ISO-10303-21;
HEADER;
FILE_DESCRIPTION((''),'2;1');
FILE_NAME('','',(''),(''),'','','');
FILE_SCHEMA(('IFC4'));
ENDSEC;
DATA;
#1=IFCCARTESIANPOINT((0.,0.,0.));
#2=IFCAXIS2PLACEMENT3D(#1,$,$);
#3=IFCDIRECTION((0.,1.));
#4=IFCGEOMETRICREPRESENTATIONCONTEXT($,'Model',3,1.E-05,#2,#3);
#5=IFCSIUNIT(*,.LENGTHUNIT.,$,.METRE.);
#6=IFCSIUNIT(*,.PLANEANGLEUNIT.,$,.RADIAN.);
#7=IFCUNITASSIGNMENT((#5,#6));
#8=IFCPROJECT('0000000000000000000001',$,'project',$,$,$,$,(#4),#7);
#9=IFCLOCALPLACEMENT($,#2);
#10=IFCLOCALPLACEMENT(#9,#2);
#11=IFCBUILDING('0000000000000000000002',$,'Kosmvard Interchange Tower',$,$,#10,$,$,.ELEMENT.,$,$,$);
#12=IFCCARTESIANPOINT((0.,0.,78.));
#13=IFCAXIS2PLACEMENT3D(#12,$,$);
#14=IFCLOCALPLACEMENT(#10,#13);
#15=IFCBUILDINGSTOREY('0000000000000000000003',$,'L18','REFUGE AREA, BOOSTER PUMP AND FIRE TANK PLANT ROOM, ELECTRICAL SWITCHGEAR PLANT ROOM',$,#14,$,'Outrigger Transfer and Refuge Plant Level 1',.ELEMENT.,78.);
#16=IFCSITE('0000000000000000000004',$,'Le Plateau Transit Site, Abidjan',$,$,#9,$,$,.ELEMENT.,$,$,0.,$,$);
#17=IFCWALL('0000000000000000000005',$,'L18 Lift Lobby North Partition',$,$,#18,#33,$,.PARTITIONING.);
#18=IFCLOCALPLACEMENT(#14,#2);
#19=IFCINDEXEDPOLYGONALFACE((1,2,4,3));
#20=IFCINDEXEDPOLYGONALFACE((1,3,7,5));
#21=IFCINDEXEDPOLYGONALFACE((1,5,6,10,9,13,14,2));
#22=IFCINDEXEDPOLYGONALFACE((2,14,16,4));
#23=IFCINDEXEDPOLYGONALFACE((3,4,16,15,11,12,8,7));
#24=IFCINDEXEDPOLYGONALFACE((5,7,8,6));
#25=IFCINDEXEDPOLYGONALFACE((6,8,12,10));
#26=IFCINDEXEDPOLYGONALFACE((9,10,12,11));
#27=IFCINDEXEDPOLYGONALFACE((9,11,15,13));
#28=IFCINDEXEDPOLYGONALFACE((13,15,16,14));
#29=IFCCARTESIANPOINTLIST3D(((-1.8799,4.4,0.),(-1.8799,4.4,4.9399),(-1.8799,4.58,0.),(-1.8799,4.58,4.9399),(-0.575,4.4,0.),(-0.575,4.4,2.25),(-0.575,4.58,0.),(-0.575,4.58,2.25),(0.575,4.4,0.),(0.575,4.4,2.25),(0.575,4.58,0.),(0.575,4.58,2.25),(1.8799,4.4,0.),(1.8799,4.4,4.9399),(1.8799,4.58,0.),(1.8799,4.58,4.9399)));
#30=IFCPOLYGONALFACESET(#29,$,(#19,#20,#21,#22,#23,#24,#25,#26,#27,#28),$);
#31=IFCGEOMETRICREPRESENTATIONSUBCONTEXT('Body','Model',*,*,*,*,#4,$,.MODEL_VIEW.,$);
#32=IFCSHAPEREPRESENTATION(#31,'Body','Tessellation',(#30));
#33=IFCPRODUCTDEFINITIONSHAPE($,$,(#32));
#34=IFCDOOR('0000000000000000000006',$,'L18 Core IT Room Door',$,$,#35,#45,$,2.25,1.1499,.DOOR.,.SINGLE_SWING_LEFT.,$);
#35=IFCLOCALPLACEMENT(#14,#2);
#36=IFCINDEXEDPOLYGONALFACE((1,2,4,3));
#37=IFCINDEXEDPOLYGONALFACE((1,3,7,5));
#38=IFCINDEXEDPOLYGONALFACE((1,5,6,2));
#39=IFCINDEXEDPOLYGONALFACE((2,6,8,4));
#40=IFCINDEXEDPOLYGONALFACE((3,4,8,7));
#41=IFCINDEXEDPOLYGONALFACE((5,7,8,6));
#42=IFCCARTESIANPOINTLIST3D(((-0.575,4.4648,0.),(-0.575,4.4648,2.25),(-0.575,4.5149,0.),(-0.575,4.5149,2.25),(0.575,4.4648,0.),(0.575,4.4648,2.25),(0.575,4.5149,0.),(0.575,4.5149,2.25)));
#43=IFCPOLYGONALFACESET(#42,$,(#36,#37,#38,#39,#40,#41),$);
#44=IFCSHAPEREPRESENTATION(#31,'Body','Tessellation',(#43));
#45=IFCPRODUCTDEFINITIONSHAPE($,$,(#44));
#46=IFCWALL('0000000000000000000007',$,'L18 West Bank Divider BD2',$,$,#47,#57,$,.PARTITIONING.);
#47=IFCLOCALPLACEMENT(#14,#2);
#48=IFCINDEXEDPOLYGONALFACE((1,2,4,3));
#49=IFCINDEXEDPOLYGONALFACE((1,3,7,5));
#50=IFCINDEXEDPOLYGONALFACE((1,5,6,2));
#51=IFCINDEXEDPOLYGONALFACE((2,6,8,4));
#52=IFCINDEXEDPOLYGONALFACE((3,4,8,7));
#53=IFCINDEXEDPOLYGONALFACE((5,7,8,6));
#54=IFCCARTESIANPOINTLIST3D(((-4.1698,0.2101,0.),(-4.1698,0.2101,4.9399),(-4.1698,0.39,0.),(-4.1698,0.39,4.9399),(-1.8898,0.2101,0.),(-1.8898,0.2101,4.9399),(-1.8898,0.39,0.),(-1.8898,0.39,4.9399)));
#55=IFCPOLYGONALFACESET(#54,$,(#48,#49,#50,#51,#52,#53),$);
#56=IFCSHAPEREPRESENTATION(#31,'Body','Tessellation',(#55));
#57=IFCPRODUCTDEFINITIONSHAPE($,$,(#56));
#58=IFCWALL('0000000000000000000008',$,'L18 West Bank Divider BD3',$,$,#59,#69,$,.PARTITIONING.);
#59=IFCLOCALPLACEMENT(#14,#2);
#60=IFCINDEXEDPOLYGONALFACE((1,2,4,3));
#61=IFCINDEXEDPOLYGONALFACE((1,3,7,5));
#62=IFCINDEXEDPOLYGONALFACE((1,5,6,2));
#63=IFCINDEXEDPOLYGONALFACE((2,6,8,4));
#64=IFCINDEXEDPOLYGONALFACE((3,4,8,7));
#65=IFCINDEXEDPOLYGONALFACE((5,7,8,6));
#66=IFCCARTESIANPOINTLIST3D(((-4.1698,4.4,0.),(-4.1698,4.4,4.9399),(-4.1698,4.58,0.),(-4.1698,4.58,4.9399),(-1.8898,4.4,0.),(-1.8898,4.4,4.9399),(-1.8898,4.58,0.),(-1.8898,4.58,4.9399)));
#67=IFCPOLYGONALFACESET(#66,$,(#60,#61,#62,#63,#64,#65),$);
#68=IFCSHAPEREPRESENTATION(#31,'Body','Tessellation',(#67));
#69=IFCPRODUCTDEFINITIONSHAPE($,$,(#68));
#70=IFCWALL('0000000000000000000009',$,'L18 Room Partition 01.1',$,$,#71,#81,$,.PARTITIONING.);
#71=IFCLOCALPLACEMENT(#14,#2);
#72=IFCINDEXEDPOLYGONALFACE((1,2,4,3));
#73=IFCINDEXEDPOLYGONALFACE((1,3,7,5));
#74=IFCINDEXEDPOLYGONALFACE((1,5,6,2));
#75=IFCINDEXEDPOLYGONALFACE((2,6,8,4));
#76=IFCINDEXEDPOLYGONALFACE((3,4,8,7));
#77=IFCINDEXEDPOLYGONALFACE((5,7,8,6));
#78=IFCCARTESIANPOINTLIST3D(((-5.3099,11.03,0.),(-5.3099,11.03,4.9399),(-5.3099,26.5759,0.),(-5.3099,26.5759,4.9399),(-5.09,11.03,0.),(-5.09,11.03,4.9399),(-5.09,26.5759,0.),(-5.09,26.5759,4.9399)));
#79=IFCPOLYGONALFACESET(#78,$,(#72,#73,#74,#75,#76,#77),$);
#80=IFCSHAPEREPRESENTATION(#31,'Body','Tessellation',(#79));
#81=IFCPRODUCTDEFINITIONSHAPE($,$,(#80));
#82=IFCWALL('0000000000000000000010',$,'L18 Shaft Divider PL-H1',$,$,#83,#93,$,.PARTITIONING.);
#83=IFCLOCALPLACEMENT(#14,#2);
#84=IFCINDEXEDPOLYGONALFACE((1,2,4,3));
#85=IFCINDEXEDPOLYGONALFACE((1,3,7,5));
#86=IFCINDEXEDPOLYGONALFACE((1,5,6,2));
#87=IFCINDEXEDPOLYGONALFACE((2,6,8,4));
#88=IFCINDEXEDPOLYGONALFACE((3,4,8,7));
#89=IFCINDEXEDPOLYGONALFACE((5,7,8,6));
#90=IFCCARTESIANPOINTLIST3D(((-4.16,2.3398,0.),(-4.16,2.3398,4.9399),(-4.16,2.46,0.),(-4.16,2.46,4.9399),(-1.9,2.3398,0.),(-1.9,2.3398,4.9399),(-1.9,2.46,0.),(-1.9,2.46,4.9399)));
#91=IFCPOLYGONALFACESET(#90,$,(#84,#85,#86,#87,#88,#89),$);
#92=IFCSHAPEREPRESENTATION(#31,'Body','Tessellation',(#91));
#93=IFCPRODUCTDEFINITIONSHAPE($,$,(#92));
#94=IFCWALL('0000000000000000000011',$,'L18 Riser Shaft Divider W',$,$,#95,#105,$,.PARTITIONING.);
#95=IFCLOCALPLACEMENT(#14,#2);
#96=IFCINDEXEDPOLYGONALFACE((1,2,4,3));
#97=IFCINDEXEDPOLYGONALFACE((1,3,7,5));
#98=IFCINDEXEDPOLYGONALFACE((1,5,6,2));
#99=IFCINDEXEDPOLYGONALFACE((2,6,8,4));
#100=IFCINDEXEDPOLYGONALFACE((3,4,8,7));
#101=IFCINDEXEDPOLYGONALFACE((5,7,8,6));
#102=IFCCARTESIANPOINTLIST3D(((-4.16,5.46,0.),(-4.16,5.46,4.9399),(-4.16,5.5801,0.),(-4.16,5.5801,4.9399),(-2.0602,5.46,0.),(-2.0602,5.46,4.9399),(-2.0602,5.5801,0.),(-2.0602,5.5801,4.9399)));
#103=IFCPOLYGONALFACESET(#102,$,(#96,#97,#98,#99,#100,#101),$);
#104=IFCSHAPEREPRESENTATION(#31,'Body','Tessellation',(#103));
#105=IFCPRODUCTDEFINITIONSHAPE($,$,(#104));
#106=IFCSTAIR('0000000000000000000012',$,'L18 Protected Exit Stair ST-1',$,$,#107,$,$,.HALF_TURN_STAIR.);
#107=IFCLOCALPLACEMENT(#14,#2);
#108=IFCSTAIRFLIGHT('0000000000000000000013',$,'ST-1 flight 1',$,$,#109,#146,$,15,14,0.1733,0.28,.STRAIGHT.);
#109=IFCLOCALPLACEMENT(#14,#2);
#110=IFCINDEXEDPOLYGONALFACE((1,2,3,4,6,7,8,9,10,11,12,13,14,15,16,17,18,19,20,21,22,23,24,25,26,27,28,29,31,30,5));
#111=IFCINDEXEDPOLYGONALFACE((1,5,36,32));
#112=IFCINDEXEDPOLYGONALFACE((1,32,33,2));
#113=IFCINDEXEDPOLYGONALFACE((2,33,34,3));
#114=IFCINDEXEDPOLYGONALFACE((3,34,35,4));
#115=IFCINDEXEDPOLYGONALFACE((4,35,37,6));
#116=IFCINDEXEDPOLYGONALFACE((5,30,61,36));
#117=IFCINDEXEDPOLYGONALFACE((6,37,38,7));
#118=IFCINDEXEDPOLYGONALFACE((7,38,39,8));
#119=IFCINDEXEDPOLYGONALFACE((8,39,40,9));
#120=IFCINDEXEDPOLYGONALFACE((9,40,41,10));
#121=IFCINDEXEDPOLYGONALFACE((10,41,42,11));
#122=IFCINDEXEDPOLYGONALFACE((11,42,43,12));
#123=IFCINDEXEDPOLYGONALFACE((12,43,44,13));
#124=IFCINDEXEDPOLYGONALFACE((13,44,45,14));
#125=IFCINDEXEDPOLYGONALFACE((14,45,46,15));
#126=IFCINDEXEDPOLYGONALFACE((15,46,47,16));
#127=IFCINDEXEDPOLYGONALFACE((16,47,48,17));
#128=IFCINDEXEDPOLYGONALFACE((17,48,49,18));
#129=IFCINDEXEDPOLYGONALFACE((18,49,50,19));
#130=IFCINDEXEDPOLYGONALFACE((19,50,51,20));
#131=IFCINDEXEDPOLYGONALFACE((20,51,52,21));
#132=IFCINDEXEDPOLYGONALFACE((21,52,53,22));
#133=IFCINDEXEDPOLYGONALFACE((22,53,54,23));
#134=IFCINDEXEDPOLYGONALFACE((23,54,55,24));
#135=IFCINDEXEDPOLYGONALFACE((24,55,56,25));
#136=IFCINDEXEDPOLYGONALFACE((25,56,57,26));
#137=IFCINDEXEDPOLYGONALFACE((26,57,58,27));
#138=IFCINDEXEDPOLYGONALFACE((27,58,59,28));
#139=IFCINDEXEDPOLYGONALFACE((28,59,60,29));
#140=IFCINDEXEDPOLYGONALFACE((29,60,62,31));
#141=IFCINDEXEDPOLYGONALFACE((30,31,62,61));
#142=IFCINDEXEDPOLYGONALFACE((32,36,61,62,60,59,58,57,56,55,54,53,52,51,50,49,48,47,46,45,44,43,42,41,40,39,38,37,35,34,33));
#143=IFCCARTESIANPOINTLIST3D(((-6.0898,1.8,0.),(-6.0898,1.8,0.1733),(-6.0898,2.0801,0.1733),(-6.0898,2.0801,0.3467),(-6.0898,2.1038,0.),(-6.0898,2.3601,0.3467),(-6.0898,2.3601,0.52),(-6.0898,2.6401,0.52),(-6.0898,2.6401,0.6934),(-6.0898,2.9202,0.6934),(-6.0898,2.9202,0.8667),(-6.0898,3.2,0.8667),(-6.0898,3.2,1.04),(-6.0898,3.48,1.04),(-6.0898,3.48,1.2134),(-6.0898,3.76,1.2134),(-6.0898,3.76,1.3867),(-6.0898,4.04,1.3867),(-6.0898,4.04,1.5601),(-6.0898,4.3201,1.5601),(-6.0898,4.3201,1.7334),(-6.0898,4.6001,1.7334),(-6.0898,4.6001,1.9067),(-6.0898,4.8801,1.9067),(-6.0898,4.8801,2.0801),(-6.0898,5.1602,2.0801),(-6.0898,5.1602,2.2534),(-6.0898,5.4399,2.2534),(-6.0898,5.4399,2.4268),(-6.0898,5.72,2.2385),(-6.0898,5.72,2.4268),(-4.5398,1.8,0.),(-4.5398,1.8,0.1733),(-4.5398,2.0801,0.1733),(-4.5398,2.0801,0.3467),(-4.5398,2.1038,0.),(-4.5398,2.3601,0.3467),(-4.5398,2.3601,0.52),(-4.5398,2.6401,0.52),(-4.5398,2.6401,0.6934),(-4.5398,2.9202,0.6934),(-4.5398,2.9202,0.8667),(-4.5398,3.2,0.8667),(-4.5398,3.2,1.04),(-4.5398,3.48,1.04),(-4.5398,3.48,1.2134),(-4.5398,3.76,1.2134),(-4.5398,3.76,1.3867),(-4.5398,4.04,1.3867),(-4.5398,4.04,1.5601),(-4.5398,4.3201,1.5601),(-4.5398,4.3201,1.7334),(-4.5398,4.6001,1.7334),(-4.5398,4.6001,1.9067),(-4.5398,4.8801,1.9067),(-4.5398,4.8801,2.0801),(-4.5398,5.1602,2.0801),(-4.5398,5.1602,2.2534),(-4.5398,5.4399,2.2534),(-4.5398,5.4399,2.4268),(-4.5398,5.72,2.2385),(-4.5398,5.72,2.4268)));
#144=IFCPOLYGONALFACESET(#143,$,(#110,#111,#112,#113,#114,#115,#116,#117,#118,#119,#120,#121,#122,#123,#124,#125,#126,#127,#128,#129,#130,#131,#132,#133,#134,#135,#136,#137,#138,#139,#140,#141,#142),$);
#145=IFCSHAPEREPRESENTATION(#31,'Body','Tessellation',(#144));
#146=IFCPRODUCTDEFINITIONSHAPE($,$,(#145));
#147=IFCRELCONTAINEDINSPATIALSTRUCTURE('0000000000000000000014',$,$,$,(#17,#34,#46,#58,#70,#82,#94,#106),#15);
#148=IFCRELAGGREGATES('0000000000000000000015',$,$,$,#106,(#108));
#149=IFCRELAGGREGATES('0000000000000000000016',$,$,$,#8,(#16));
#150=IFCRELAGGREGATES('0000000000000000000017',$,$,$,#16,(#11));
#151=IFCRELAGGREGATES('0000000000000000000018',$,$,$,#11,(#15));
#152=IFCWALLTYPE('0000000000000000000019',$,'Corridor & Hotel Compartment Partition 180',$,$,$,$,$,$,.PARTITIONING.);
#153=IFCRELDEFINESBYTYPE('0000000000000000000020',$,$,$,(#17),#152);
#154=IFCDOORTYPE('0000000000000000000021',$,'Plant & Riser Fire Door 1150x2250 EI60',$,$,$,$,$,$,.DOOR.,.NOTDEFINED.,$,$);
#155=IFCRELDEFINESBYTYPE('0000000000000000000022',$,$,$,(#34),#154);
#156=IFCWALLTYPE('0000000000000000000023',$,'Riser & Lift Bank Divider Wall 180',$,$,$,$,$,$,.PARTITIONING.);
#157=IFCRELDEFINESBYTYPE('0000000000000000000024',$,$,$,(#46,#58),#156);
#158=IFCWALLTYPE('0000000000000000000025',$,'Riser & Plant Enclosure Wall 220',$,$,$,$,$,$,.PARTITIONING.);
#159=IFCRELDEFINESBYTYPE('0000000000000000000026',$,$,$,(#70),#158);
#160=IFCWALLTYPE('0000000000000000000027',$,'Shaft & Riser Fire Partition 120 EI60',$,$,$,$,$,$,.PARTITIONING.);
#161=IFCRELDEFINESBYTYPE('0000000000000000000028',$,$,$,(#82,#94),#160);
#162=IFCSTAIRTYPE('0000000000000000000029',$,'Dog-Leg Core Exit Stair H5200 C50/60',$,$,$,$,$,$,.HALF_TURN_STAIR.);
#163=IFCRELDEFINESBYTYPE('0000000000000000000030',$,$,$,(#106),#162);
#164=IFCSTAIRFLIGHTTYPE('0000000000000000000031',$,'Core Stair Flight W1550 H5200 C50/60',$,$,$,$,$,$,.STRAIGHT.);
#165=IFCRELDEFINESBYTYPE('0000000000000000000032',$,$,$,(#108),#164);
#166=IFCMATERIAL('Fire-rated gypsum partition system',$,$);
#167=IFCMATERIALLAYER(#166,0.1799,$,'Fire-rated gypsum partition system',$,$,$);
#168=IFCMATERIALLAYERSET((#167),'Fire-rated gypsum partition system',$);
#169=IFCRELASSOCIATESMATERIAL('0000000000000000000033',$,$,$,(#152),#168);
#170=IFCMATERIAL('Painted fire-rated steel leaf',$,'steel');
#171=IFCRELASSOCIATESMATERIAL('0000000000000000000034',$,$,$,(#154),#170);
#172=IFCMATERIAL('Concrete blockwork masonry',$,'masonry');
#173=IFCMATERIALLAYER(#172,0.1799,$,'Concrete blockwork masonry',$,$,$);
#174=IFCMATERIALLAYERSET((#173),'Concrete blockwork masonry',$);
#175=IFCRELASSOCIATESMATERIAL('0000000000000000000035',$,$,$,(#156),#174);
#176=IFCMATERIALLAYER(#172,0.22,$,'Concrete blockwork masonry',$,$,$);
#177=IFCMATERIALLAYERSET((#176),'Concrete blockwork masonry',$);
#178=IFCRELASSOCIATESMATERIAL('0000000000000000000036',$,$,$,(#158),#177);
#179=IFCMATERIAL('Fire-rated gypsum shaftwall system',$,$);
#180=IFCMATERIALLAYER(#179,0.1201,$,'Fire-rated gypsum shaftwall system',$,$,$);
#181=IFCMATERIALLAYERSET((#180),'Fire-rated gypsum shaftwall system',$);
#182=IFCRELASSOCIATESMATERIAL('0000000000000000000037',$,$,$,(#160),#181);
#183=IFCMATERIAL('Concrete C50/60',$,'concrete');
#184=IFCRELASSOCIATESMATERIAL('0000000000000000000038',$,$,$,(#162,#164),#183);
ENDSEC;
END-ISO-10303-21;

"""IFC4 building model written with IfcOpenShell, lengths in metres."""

from ifc_helpers import new_model, si_unit, direction, frame, frame_2d, origin, place, context, subcontext, project, spatial, polyline, rectangle, outline, extrude, source, transform, mapped, material, layer, layer_set, type_object, element, fill, aggregate, save


model = new_model("IFC4")

# Units and contexts
model_context = context("Model", 3, precision=1e-05, world=origin(), true_north=direction((0.0, 1.0)))
body_context = subcontext(model_context, "Body", "Model", "MODEL_VIEW")
ifc_project = project(units=[si_unit("LENGTHUNIT", "METRE"), si_unit("PLANEANGLEUNIT", "RADIAN")], contexts=[model_context])

# Site, building, storey
site_placement = place(None, origin())
site = spatial("IfcSite", under=ifc_project, at=site_placement, Name="Le Plateau Transit Site, Abidjan", CompositionType="ELEMENT", RefElevation=0.0)
building_placement = place(site_placement, origin())
building = spatial("IfcBuilding", under=site, at=building_placement, Name="Kosmvard Interchange Tower", CompositionType="ELEMENT")
storey_placement = place(building_placement, frame((0.0, 0.0, 78.0)))
storey = spatial("IfcBuildingStorey", under=building, at=storey_placement, Name="L18", Description="REFUGE AREA, BOOSTER PUMP AND FIRE TANK PLANT ROOM, ELECTRICAL SWITCHGEAR PLANT ROOM", LongName="Outrigger Transfer and Refuge Plant Level 1", CompositionType="ELEMENT", Elevation=78.0)

# Shared definitions
ifc_material_1 = material(Name="Fire-rated gypsum partition system")

# Wall, opening, door
ifc_layer_1 = layer(ifc_material_1, 0.1799, Name="Fire-rated gypsum partition system")
ifc_layer_set_1 = layer_set([ifc_layer_1], Name="Fire-rated gypsum partition system")
wall_type_1 = type_object("IfcWallType", Name="Corridor & Hotel Compartment Partition 180", PredefinedType="PARTITIONING", material=ifc_layer_set_1)
wall_1_placement = place(storey_placement, frame((-1.8799, 4.49, 0.0), z_axis=(0.0, 0.0, 1.0), x_axis=(1.0, 0.0, 0.0)))
wall_1 = element("IfcWall", 1, at=wall_1_placement, inside=storey, type_object=wall_type_1, Name="L18 Lift Lobby North Partition", PredefinedType="PARTITIONING", context=body_context, shape_type="SweptSolid", body=[
    extrude(rectangle(XDim=3.7598, YDim=0.1799, at=frame_2d((1.8799, 0.0))), origin(), (0.0, 0.0, 1.0), 4.9399),
])
opening_placement = place(wall_1_placement, frame((1.3049, 0.0, 0.0)))
opening = element("IfcOpeningElement", 2, at=opening_placement, cuts=wall_1, PredefinedType="OPENING", context=body_context, shape_type="SweptSolid", body=[
    extrude(rectangle(XDim=1.1499, YDim=2.25, at=frame_2d((0.575, 1.125))), frame((0.0, 0.1001, 0.0), z_axis=(0.0, -1.0, 0.0), x_axis=(1.0, 0.0, 0.0)), (0.0, 0.0, 1.0), 0.2),
])
ifc_material_2 = material(Name="Painted fire-rated steel leaf", Category="steel")
door_type = type_object("IfcDoorType", Name="Plant & Riser Fire Door 1150x2250 EI60", OperationType="NOTDEFINED", PredefinedType="DOOR", material=ifc_material_2)
shared_shape_1 = source(origin(), body_context, "Body", "SweptSolid", [
    extrude(rectangle(XDim=1.1499, YDim=2.25, at=frame_2d((0.575, 1.125))), frame((0.0, 0.0249, 0.0), z_axis=(0.0, -1.0, 0.0), x_axis=(1.0, 0.0, 0.0)), (0.0, 0.0, 1.0), 0.05),
])
door_placement = place(opening_placement, origin())
door = element("IfcDoor", 3, at=door_placement, inside=storey, type_object=door_type, Name="L18 Core IT Room Door", OperationType="SINGLE_SWING_LEFT", OverallHeight=2.25, OverallWidth=1.1499, PredefinedType="DOOR", context=body_context, shape_type="MappedRepresentation", body=[
    mapped(shared_shape_1, transform((0.0, 0.0, 0.0), scale=1.0)),
])
fill(opening, door)

# Walls
ifc_material_3 = material(Name="Concrete blockwork masonry", Category="masonry")
ifc_layer_2 = layer(ifc_material_3, 0.1799, Name="Concrete blockwork masonry")
ifc_layer_set_2 = layer_set([ifc_layer_2], Name="Concrete blockwork masonry")
wall_type_2 = type_object("IfcWallType", Name="Riser & Lift Bank Divider Wall 180", PredefinedType="PARTITIONING", material=ifc_layer_set_2)
for number, where, z_axis, x_axis, name in (
    (4, (-4.1699, 0.3, 0.0), (0.0, 0.0, 1.0), (1.0, 0.0, 0.0), "L18 West Bank Divider BD2"),
    (5, (-4.1699, 4.49, 0.0), (0.0, 0.0, 1.0), (1.0, 0.0, 0.0), "L18 West Bank Divider BD3"),
):
    element("IfcWall", number, at=place(storey_placement, frame(where, z_axis=z_axis, x_axis=x_axis)), inside=storey, type_object=wall_type_2, Name=name, PredefinedType="PARTITIONING", context=body_context, shape_type="SweptSolid", body=[
        extrude(rectangle(XDim=2.28, YDim=0.1799, at=frame_2d((1.1401, 0.0))), origin(), (0.0, 0.0, 1.0), 4.9399),
    ])
ifc_layer_3 = layer(ifc_material_3, 0.22, Name="Concrete blockwork masonry")
ifc_layer_set_3 = layer_set([ifc_layer_3], Name="Concrete blockwork masonry")
wall_type_3 = type_object("IfcWallType", Name="Riser & Plant Enclosure Wall 220", PredefinedType="PARTITIONING", material=ifc_layer_set_3)
wall_2_placement = place(storey_placement, frame((-5.2, 11.03, 0.0), z_axis=(0.0, 0.0, 1.0), x_axis=(0.0, 1.0, 0.0)))
element("IfcWall", 6, at=wall_2_placement, inside=storey, type_object=wall_type_3, Name="L18 Room Partition 01.1", PredefinedType="PARTITIONING", context=body_context, shape_type="SweptSolid", body=[
    extrude(rectangle(XDim=15.5459, YDim=0.22, at=frame_2d((7.7729, 0.0))), origin(), (0.0, 0.0, 1.0), 4.9399),
])
ifc_material_4 = material(Name="Fire-rated gypsum shaftwall system")
ifc_layer_4 = layer(ifc_material_4, 0.1201, Name="Fire-rated gypsum shaftwall system")
ifc_layer_set_4 = layer_set([ifc_layer_4], Name="Fire-rated gypsum shaftwall system")
wall_type_4 = type_object("IfcWallType", Name="Shaft & Riser Fire Partition 120 EI60", PredefinedType="PARTITIONING", material=ifc_layer_set_4)
wall_3_placement = place(storey_placement, frame((-4.1599, 2.3999, 0.0), z_axis=(0.0, 0.0, 1.0), x_axis=(1.0, 0.0, 0.0)))
element("IfcWall", 7, at=wall_3_placement, inside=storey, type_object=wall_type_4, Name="L18 Shaft Divider PL-H1", PredefinedType="PARTITIONING", context=body_context, shape_type="SweptSolid", body=[
    extrude(rectangle(XDim=2.26, YDim=0.1201, at=frame_2d((1.1299, 0.0))), origin(), (0.0, 0.0, 1.0), 4.9399),
])
wall_4_placement = place(storey_placement, frame((-4.1599, 5.52, 0.0), z_axis=(0.0, 0.0, 1.0), x_axis=(1.0, 0.0, 0.0)))
element("IfcWall", 8, at=wall_4_placement, inside=storey, type_object=wall_type_4, Name="L18 Riser Shaft Divider W", PredefinedType="PARTITIONING", context=body_context, shape_type="SweptSolid", body=[
    extrude(rectangle(XDim=2.0999, YDim=0.1201, at=frame_2d((1.0498, 0.0))), origin(), (0.0, 0.0, 1.0), 4.9399),
])

# Stair, stair flight
ifc_material_5 = material(Name="Concrete C50/60", Category="concrete")
stair_type = type_object("IfcStairType", Name="Dog-Leg Core Exit Stair H5200 C50/60", PredefinedType="HALF_TURN_STAIR", material=ifc_material_5)
stair_placement = place(storey_placement, origin())
stair = element("IfcStair", 9, at=stair_placement, inside=storey, type_object=stair_type, Name="L18 Protected Exit Stair ST-1", PredefinedType="HALF_TURN_STAIR")
stair_flight_type = type_object("IfcStairFlightType", Name="Core Stair Flight W1550 H5200 C50/60", PredefinedType="STRAIGHT", material=ifc_material_5)
shared_shape_2 = source(origin(), body_context, "Body", "SweptSolid", [
    extrude(outline(polyline([(0.0, 0.0), (0.0, 0.1733), (0.28, 0.1733), (0.28, 0.3467), (0.5601, 0.3467), (0.5601, 0.52), (0.8401, 0.52), (0.8401, 0.6934), (1.1201, 0.6934), (1.1201, 0.8667), (1.3999, 0.8667), (1.3999, 1.04), (1.6799, 1.04), (1.6799, 1.2134), (1.96, 1.2134), (1.96, 1.3867), (2.24, 1.3867), (2.24, 1.5601), (2.52, 1.5601), (2.52, 1.7334), (2.8, 1.7334), (2.8, 1.9067), (3.0801, 1.9067), (3.0801, 2.0801), (3.3601, 2.0801), (3.3601, 2.2534), (3.6399, 2.2534), (3.6399, 2.4268), (3.9199, 2.4268), (3.9199, 2.6001), (3.9199, 2.2385), (0.3037, 0.0), (0.0, 0.0)])), frame((0.0, 0.7749, 0.0), z_axis=(0.0, -1.0, 0.0), x_axis=(1.0, 0.0, 0.0)), (0.0, 0.0, 1.0), 1.55),
])
stair_flight_1_placement = place(storey_placement, frame((-5.3149, 1.8, 0.0), z_axis=(0.0, 0.0, 1.0), x_axis=(0.0, 1.0, 0.0)))
stair_flight_1 = element("IfcStairFlight", 10, at=stair_flight_1_placement, type_object=stair_flight_type, Name="ST-1 flight 1", NumberOfRisers=15, NumberOfTreads=14, PredefinedType="STRAIGHT", RiserHeight=0.1733, TreadLength=0.28, context=body_context, shape_type="MappedRepresentation", body=[
    mapped(shared_shape_2, transform((0.0, 0.0, 0.0), scale=1.0)),
])
aggregate(stair, [stair_flight_1])

save(model, "model.ifc")
